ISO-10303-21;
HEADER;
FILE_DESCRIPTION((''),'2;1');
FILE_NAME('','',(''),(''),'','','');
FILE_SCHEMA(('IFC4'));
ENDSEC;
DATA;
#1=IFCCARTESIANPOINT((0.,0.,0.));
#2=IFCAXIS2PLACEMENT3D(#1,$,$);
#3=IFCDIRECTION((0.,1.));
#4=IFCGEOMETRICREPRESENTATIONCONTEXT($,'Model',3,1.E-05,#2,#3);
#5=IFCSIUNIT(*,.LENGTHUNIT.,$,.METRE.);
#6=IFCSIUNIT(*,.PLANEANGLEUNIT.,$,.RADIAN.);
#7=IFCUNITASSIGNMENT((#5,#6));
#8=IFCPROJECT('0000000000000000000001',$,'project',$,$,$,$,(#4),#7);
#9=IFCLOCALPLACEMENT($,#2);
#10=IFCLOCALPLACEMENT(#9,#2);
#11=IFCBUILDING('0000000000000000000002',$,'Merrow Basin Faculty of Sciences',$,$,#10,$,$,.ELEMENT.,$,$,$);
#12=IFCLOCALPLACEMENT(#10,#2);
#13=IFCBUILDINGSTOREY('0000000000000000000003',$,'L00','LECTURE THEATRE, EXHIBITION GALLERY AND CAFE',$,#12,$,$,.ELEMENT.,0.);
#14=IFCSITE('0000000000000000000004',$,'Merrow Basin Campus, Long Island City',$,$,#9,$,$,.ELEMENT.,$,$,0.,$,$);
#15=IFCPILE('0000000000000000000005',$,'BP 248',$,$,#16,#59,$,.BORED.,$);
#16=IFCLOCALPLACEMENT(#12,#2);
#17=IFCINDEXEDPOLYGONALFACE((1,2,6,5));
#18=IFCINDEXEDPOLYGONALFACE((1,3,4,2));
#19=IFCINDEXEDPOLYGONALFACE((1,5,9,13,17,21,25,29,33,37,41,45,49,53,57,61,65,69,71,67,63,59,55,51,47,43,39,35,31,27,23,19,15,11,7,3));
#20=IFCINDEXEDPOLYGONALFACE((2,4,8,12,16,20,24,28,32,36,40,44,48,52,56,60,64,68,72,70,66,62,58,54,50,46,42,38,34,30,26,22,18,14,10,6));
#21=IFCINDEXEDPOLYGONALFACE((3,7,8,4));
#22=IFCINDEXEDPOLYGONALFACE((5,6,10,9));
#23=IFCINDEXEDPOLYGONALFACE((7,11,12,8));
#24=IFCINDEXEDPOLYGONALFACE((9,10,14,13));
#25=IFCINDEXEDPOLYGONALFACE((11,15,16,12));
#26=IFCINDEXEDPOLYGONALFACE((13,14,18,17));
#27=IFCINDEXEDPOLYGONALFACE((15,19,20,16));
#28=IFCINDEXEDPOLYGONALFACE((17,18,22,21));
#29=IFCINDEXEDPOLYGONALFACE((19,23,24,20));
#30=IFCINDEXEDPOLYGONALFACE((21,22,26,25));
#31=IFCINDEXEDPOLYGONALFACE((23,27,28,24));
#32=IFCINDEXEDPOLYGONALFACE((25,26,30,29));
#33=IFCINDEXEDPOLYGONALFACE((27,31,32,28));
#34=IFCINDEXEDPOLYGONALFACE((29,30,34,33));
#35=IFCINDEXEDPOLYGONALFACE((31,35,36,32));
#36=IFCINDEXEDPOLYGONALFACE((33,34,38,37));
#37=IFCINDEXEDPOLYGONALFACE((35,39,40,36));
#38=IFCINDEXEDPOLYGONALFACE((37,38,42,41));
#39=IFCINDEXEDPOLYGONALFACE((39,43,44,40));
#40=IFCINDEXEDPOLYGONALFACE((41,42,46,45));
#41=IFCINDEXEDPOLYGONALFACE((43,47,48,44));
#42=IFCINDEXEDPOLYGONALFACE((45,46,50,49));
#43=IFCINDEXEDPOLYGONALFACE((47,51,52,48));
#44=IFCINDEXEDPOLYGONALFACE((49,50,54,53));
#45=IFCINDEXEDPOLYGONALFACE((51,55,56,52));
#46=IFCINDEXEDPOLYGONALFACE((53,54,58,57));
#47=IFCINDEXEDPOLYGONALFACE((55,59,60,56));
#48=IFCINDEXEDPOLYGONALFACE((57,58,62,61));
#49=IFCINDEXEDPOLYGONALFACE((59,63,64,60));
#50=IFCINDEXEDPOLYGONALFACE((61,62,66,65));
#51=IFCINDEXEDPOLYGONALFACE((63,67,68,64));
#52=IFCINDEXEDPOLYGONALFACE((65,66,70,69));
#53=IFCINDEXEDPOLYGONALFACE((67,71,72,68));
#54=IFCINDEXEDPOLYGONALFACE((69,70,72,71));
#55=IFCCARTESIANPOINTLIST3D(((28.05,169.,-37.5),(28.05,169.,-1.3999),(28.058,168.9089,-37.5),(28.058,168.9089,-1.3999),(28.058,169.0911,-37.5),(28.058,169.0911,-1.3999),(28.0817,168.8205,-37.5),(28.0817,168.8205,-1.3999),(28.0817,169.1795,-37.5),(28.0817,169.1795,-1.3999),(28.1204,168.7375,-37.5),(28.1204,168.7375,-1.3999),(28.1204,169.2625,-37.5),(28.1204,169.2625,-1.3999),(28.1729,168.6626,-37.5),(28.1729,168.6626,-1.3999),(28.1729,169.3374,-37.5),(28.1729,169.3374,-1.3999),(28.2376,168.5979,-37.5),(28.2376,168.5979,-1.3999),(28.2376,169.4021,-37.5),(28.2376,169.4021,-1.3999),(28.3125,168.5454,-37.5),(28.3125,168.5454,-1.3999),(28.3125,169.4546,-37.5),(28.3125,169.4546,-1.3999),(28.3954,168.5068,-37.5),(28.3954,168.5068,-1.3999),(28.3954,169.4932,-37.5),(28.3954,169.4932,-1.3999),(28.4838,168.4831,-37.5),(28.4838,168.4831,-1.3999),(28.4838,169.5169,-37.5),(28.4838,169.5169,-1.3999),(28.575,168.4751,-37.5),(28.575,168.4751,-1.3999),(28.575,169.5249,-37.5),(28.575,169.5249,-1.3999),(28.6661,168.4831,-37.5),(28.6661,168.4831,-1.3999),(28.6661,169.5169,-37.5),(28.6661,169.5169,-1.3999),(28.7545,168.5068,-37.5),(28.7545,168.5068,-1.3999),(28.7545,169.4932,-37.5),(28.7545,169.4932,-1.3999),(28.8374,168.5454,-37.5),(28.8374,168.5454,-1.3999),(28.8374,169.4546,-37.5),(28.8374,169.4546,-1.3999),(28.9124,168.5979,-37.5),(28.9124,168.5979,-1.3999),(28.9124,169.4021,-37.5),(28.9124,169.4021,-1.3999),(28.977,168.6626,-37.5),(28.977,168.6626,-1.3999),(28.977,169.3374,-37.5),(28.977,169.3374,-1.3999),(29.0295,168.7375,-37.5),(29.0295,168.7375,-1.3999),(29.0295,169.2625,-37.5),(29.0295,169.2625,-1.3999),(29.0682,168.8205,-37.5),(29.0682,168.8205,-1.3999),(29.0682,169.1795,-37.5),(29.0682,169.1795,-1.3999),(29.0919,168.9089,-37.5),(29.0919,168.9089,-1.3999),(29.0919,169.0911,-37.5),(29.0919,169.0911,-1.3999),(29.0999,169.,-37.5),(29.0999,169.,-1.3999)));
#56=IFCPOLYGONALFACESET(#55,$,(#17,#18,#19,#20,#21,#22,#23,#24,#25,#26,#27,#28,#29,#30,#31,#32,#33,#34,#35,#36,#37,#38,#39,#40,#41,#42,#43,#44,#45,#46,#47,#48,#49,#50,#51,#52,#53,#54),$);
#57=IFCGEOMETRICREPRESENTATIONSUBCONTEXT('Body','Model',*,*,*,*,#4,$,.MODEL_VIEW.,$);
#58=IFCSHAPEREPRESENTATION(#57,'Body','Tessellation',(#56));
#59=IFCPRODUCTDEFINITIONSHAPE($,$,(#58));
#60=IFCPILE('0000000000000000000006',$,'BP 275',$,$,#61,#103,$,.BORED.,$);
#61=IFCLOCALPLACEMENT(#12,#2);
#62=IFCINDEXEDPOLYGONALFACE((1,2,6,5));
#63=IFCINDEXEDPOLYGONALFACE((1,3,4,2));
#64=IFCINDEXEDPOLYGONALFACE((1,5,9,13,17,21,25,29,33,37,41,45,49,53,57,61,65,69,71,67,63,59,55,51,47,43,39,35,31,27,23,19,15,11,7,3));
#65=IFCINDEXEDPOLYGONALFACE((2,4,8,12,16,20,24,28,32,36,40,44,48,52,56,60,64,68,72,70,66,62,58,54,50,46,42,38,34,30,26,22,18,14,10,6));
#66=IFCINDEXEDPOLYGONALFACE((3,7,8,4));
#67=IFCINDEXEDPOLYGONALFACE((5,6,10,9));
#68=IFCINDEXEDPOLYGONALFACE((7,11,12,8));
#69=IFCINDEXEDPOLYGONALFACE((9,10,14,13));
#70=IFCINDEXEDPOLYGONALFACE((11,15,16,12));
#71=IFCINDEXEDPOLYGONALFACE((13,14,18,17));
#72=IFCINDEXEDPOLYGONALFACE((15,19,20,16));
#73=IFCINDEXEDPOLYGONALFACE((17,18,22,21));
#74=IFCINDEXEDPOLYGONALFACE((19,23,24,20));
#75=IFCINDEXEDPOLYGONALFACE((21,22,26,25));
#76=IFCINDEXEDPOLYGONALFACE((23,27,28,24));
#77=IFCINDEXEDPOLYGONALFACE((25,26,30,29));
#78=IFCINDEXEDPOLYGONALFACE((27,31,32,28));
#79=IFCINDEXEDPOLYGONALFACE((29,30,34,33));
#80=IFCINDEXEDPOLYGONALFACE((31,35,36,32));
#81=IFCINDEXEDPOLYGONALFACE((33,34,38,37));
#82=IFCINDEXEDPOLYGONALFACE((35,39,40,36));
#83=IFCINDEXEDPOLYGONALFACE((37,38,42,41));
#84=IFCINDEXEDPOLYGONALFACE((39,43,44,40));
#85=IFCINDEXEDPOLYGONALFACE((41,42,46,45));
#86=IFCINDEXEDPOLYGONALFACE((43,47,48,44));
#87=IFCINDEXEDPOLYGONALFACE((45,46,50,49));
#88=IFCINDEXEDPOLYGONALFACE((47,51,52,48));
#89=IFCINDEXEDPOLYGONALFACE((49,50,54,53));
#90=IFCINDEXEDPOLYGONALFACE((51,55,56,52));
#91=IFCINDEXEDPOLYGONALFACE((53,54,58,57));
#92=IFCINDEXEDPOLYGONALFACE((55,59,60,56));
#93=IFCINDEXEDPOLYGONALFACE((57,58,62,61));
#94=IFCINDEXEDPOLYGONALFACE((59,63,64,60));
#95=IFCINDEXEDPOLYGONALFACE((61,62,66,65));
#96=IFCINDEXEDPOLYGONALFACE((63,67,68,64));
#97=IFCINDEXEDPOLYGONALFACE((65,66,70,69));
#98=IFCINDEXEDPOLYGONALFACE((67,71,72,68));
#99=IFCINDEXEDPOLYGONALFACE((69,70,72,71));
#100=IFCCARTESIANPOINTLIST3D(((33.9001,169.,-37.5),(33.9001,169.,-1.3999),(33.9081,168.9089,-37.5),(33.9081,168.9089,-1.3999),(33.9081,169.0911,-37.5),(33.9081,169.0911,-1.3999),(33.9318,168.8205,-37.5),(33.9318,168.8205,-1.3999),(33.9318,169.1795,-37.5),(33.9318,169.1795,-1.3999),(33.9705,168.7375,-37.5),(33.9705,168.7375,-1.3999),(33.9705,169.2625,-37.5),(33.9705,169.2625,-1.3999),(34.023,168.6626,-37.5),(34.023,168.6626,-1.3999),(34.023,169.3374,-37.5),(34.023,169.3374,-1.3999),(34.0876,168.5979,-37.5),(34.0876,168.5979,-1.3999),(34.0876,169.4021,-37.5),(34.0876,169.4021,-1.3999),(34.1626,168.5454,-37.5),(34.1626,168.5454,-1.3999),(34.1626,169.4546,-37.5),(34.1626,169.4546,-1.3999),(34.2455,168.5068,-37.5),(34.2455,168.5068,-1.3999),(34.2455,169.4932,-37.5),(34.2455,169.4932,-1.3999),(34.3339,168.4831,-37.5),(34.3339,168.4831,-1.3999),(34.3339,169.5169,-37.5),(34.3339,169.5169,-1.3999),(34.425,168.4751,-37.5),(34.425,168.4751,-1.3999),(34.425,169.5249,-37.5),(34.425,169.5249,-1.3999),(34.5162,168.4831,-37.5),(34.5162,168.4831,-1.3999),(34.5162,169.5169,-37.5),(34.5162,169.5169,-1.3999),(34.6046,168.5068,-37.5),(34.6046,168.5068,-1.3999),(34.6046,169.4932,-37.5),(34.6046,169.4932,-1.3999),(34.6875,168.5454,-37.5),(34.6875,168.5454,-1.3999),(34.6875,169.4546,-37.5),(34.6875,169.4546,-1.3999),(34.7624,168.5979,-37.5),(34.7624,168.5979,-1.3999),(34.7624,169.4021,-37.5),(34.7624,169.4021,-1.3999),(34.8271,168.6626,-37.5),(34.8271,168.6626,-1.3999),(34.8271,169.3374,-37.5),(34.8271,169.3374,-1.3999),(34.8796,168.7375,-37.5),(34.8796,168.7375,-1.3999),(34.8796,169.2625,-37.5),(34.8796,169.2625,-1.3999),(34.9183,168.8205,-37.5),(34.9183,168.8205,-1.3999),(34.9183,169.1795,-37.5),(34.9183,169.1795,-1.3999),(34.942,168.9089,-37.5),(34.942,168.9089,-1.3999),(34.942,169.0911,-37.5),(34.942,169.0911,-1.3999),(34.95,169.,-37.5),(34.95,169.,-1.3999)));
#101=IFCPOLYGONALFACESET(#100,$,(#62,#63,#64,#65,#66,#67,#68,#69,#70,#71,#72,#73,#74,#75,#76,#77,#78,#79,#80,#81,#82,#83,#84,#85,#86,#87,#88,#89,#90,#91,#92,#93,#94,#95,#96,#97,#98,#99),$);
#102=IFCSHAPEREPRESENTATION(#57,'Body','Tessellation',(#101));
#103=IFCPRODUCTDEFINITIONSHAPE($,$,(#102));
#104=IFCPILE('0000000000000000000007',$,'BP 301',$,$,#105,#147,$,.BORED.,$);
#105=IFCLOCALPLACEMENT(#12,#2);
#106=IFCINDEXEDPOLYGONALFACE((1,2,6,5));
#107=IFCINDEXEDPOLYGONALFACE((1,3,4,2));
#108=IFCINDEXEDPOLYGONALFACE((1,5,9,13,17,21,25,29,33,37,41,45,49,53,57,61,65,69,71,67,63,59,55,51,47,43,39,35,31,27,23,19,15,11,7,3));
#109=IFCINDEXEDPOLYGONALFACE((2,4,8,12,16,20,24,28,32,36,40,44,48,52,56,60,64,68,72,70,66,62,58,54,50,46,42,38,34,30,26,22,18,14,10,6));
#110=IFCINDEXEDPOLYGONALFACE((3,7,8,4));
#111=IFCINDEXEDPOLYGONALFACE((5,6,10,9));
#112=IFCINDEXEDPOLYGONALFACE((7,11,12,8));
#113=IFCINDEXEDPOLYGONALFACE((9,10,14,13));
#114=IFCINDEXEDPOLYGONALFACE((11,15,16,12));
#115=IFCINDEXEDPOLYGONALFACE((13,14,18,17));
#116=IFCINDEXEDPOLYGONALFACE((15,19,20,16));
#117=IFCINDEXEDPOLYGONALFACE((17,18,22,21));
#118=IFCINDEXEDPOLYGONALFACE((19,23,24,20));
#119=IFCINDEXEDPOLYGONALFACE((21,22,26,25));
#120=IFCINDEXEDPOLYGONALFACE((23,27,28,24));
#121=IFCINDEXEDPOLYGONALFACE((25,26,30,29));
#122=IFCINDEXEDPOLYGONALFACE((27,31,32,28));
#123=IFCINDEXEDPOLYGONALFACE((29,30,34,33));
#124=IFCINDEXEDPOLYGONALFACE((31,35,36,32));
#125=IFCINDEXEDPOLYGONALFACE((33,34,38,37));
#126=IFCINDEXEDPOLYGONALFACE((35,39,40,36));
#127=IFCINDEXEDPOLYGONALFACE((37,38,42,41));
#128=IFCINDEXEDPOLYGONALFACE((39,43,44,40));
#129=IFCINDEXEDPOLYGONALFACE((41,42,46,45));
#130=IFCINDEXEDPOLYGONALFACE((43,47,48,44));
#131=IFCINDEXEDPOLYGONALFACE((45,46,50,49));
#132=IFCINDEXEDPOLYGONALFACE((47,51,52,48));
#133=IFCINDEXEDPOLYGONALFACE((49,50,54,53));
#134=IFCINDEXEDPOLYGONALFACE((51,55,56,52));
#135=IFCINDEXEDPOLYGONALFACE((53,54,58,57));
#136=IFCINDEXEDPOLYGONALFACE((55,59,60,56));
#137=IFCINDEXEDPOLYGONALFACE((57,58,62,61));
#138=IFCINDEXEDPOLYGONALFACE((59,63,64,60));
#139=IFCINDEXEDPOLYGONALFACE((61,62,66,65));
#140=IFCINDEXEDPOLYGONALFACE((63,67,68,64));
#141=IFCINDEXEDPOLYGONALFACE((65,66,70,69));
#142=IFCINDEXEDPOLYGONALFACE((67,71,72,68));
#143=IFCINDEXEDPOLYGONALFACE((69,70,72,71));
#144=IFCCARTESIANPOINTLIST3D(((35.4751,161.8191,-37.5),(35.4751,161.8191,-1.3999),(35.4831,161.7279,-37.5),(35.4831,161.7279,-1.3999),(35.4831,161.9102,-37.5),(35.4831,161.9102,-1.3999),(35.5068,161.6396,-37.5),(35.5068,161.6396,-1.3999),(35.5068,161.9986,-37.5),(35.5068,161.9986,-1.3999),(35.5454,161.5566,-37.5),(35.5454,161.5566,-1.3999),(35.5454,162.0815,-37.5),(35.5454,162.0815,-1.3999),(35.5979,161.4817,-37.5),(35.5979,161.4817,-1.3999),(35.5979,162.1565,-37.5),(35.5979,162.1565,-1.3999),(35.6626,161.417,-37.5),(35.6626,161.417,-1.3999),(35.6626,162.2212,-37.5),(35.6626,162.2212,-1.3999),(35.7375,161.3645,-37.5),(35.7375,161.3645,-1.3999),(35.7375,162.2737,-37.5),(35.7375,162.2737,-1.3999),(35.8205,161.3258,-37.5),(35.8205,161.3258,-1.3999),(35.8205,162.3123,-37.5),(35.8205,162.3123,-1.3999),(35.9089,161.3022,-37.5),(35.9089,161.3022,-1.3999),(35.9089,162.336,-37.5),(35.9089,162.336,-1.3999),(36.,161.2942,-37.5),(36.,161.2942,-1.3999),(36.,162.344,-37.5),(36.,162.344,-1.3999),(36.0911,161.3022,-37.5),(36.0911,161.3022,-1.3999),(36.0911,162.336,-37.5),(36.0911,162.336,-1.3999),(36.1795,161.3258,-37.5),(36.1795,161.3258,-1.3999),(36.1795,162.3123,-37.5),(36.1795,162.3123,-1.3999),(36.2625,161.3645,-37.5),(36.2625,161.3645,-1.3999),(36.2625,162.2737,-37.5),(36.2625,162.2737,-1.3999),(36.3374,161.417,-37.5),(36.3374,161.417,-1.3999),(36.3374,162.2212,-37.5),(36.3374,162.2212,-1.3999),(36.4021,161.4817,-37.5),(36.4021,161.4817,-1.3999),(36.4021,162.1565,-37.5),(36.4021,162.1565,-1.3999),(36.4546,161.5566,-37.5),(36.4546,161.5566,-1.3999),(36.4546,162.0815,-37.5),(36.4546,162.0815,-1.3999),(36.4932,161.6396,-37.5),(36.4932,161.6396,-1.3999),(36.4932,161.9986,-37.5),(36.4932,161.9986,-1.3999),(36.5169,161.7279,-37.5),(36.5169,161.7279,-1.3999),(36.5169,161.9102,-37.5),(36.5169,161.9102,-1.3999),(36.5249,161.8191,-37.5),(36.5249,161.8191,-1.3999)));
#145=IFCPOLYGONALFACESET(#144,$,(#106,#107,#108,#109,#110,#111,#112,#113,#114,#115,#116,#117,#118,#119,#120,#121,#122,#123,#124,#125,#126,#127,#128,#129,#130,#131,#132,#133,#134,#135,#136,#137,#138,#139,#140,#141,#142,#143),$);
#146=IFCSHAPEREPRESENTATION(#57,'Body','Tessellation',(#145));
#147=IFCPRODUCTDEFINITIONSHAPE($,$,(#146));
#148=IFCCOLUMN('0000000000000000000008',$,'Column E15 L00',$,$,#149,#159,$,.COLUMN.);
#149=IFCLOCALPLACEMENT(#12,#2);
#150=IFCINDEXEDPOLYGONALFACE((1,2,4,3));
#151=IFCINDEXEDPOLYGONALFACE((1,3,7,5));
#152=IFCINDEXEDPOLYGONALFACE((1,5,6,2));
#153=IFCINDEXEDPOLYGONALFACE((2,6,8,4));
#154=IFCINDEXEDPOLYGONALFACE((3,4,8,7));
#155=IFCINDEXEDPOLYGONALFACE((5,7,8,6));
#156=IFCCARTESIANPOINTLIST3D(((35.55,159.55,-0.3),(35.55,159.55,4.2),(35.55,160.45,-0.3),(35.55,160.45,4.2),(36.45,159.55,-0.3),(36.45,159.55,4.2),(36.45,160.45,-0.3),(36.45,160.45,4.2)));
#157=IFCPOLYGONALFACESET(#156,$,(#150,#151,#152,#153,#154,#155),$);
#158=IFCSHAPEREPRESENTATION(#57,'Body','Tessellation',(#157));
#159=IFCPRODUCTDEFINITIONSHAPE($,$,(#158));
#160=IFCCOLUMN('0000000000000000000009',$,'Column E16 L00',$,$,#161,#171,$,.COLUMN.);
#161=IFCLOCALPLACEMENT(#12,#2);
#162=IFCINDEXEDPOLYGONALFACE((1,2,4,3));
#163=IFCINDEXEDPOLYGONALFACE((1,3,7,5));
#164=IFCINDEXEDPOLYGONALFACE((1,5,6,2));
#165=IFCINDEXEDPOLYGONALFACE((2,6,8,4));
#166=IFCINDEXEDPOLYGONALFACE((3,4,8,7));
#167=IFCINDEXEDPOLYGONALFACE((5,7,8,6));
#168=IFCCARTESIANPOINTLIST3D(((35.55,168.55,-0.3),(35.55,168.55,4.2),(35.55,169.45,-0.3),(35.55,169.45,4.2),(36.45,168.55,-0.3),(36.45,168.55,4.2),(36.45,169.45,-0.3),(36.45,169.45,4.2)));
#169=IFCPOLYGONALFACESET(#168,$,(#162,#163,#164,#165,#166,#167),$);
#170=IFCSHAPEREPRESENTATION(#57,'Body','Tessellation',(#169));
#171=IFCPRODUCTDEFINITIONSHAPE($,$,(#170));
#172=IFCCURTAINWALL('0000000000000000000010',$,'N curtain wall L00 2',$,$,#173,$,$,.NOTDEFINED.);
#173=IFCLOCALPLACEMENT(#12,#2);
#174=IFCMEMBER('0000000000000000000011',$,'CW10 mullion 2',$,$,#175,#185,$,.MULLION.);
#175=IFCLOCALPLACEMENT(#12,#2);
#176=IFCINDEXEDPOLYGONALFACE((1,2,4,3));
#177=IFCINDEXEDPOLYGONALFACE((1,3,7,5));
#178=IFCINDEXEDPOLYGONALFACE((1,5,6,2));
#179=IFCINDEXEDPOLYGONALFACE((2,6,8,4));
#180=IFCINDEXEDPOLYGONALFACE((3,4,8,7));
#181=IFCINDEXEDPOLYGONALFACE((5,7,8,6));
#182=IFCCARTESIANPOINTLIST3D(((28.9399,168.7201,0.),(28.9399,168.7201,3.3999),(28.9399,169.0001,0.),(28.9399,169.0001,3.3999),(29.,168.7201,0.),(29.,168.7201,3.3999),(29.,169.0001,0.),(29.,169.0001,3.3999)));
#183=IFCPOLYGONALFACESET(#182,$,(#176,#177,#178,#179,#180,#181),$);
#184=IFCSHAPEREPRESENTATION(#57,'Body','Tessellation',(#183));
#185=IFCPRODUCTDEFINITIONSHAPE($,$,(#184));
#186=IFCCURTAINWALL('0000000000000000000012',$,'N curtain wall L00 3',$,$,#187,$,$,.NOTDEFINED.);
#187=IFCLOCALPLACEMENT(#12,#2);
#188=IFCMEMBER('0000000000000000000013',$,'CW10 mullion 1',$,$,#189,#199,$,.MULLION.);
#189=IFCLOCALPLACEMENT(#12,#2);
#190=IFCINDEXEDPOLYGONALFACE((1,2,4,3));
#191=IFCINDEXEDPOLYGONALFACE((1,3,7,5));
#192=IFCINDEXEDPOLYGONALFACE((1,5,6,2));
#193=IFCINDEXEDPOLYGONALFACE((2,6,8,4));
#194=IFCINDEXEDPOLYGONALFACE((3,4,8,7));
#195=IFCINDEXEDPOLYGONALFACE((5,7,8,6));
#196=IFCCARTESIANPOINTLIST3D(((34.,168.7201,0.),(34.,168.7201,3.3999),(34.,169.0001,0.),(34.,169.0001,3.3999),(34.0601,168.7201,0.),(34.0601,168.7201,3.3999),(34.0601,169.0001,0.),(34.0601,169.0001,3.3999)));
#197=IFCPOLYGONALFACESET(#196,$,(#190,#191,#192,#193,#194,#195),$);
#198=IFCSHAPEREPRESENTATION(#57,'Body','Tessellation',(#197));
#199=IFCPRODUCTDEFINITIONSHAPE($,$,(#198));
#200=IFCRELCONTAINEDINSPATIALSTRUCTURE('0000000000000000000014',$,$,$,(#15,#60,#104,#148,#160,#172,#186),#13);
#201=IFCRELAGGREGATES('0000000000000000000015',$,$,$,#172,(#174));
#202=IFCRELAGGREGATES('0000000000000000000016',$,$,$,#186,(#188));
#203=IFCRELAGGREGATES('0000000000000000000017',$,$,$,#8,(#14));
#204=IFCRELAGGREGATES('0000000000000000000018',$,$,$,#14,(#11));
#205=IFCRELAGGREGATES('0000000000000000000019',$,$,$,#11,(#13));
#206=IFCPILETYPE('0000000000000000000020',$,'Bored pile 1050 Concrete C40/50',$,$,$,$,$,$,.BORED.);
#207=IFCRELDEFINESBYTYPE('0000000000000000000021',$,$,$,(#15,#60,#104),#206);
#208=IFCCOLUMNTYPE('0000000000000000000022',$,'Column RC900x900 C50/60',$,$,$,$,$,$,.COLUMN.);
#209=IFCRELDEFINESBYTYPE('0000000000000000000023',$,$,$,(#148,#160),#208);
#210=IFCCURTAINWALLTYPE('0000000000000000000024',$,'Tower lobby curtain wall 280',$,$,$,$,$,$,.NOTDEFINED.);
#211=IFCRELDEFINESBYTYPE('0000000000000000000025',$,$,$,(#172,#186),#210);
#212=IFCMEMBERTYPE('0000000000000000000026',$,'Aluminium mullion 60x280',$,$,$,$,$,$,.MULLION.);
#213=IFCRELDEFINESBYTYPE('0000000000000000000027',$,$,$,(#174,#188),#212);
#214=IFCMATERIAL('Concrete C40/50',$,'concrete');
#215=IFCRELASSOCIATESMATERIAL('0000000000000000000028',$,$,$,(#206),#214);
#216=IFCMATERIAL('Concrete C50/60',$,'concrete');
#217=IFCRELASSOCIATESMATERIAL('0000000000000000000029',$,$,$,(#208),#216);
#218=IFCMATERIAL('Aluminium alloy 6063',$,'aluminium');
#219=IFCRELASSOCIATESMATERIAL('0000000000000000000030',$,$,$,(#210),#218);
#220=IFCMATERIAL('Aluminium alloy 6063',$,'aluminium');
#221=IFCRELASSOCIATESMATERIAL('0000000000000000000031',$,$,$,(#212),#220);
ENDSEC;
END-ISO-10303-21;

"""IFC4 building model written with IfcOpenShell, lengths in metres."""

from ifc_helpers import new_model, si_unit, direction, frame, origin, origin_2d, place, context, subcontext, project, spatial, rectangle, circle, extrude, material, material_profile, profile_set, type_object, element, aggregate, save


model = new_model("IFC4")

# Units and contexts
model_context = context("Model", 3, precision=1e-05, world=origin(), true_north=direction((0.0, 1.0)))
body_context = subcontext(model_context, "Body", "Model", "MODEL_VIEW")
ifc_project = project(units=[si_unit("LENGTHUNIT", "METRE"), si_unit("PLANEANGLEUNIT", "RADIAN")], contexts=[model_context])

# Site, building, storey
site_placement = place(None, origin())
site = spatial("IfcSite", under=ifc_project, at=site_placement, Name="Merrow Basin Campus, Long Island City", CompositionType="ELEMENT", RefElevation=0.0)
building_placement = place(site_placement, origin())
building = spatial("IfcBuilding", under=site, at=building_placement, Name="Merrow Basin Faculty of Sciences", CompositionType="ELEMENT")
storey_placement = place(building_placement, origin())
storey = spatial("IfcBuildingStorey", under=building, at=storey_placement, Name="L00", Description="LECTURE THEATRE, EXHIBITION GALLERY AND CAFE", CompositionType="ELEMENT", Elevation=0.0)

# Piles
ifc_material_1 = material(Name="Concrete C40/50", Category="concrete")
ifc_material_profile_1 = material_profile(ifc_material_1, circle(Radius=0.5249, at=origin_2d()))
ifc_profile_set_1 = profile_set([ifc_material_profile_1], Name="Concrete C40/50")
pile_type = type_object("IfcPileType", Name="Bored pile 1050 Concrete C40/50", PredefinedType="BORED", material=ifc_profile_set_1)
for number, where, z_axis, x_axis, name in (
    (1, (28.575, 169.0, -1.3999), (0.0, 0.0, -1.0), (1.0, 0.0, 0.0), "BP 248"),
    (2, (34.425, 169.0, -1.3999), (0.0, 0.0, -1.0), (1.0, 0.0, 0.0), "BP 275"),
    (3, (36.0, 161.8191, -1.3999), (0.0, 0.0, -1.0), (1.0, 0.0, 0.0), "BP 301"),
):
    element("IfcPile", number, at=place(storey_placement, frame(where, z_axis=z_axis, x_axis=x_axis)), inside=storey, type_object=pile_type, Name=name, PredefinedType="BORED", context=body_context, shape_type="SweptSolid", body=[
        extrude(circle(Radius=0.5249, at=origin_2d()), origin(), (0.0, 0.0, 1.0), 36.1001),
    ])

# Columns
ifc_material_2 = material(Name="Concrete C50/60", Category="concrete")
ifc_material_profile_2 = material_profile(ifc_material_2, rectangle(XDim=0.8999, YDim=0.8999, at=origin_2d()))
ifc_profile_set_2 = profile_set([ifc_material_profile_2], Name="Concrete C50/60")
column_type = type_object("IfcColumnType", Name="Column RC900x900 C50/60", PredefinedType="COLUMN", material=ifc_profile_set_2)
for number, where, z_axis, x_axis, name in (
    (4, (36.0, 160.0, -0.3), (0.0, 0.0, 1.0), (1.0, 0.0, 0.0), "Column E15 L00"),
    (5, (36.0, 169.0, -0.3), (0.0, 0.0, 1.0), (1.0, 0.0, 0.0), "Column E16 L00"),
):
    element("IfcColumn", number, at=place(storey_placement, frame(where, z_axis=z_axis, x_axis=x_axis)), inside=storey, type_object=column_type, Name=name, PredefinedType="COLUMN", context=body_context, shape_type="SweptSolid", body=[
        extrude(rectangle(XDim=0.8999, YDim=0.8999, at=origin_2d()), origin(), (0.0, 0.0, 1.0), 4.5),
    ])

# Curtain wall, member
ifc_material_3 = material(Name="Aluminium alloy 6063", Category="aluminium")
curtain_wall_type = type_object("IfcCurtainWallType", Name="Tower lobby curtain wall 280", PredefinedType="NOTDEFINED", material=ifc_material_3)
curtain_wall_1_placement = place(storey_placement, origin())
curtain_wall_1 = element("IfcCurtainWall", 6, at=curtain_wall_1_placement, inside=storey, type_object=curtain_wall_type, Name="N curtain wall L00 2", PredefinedType="NOTDEFINED")
ifc_material_4 = material(Name="Aluminium alloy 6063", Category="aluminium")
ifc_material_profile_3 = material_profile(ifc_material_4, rectangle(XDim=0.28, YDim=0.0601, at=origin_2d()))
ifc_profile_set_3 = profile_set([ifc_material_profile_3], Name="Aluminium alloy 6063")
member_type_1 = type_object("IfcMemberType", Name="Aluminium mullion 60x280", PredefinedType="MULLION", material=ifc_profile_set_3)
member_1_placement = place(storey_placement, frame((28.97, 168.8601, 0.0), z_axis=(0.0, 0.0, 1.0), x_axis=(0.0, 1.0, 0.0)))
member_1 = element("IfcMember", 7, at=member_1_placement, type_object=member_type_1, Name="CW10 mullion 2", PredefinedType="MULLION", context=body_context, shape_type="SweptSolid", body=[
    extrude(rectangle(XDim=0.28, YDim=0.0601, at=origin_2d()), origin(), (0.0, 0.0, 1.0), 3.3999),
])

# Curtain wall, member
curtain_wall_2_placement = place(storey_placement, origin())
curtain_wall_2 = element("IfcCurtainWall", 8, at=curtain_wall_2_placement, inside=storey, type_object=curtain_wall_type, Name="N curtain wall L00 3", PredefinedType="NOTDEFINED")
member_2_placement = place(storey_placement, frame((34.03, 168.8601, 0.0), z_axis=(0.0, 0.0, 1.0), x_axis=(0.0, 1.0, 0.0)))
member_2 = element("IfcMember", 9, at=member_2_placement, type_object=member_type_1, Name="CW10 mullion 1", PredefinedType="MULLION", context=body_context, shape_type="SweptSolid", body=[
    extrude(rectangle(XDim=0.28, YDim=0.0601, at=origin_2d()), origin(), (0.0, 0.0, 1.0), 3.3999),
])

aggregate(curtain_wall_1, [member_1])
aggregate(curtain_wall_2, [member_2])

save(model, "model.ifc")
